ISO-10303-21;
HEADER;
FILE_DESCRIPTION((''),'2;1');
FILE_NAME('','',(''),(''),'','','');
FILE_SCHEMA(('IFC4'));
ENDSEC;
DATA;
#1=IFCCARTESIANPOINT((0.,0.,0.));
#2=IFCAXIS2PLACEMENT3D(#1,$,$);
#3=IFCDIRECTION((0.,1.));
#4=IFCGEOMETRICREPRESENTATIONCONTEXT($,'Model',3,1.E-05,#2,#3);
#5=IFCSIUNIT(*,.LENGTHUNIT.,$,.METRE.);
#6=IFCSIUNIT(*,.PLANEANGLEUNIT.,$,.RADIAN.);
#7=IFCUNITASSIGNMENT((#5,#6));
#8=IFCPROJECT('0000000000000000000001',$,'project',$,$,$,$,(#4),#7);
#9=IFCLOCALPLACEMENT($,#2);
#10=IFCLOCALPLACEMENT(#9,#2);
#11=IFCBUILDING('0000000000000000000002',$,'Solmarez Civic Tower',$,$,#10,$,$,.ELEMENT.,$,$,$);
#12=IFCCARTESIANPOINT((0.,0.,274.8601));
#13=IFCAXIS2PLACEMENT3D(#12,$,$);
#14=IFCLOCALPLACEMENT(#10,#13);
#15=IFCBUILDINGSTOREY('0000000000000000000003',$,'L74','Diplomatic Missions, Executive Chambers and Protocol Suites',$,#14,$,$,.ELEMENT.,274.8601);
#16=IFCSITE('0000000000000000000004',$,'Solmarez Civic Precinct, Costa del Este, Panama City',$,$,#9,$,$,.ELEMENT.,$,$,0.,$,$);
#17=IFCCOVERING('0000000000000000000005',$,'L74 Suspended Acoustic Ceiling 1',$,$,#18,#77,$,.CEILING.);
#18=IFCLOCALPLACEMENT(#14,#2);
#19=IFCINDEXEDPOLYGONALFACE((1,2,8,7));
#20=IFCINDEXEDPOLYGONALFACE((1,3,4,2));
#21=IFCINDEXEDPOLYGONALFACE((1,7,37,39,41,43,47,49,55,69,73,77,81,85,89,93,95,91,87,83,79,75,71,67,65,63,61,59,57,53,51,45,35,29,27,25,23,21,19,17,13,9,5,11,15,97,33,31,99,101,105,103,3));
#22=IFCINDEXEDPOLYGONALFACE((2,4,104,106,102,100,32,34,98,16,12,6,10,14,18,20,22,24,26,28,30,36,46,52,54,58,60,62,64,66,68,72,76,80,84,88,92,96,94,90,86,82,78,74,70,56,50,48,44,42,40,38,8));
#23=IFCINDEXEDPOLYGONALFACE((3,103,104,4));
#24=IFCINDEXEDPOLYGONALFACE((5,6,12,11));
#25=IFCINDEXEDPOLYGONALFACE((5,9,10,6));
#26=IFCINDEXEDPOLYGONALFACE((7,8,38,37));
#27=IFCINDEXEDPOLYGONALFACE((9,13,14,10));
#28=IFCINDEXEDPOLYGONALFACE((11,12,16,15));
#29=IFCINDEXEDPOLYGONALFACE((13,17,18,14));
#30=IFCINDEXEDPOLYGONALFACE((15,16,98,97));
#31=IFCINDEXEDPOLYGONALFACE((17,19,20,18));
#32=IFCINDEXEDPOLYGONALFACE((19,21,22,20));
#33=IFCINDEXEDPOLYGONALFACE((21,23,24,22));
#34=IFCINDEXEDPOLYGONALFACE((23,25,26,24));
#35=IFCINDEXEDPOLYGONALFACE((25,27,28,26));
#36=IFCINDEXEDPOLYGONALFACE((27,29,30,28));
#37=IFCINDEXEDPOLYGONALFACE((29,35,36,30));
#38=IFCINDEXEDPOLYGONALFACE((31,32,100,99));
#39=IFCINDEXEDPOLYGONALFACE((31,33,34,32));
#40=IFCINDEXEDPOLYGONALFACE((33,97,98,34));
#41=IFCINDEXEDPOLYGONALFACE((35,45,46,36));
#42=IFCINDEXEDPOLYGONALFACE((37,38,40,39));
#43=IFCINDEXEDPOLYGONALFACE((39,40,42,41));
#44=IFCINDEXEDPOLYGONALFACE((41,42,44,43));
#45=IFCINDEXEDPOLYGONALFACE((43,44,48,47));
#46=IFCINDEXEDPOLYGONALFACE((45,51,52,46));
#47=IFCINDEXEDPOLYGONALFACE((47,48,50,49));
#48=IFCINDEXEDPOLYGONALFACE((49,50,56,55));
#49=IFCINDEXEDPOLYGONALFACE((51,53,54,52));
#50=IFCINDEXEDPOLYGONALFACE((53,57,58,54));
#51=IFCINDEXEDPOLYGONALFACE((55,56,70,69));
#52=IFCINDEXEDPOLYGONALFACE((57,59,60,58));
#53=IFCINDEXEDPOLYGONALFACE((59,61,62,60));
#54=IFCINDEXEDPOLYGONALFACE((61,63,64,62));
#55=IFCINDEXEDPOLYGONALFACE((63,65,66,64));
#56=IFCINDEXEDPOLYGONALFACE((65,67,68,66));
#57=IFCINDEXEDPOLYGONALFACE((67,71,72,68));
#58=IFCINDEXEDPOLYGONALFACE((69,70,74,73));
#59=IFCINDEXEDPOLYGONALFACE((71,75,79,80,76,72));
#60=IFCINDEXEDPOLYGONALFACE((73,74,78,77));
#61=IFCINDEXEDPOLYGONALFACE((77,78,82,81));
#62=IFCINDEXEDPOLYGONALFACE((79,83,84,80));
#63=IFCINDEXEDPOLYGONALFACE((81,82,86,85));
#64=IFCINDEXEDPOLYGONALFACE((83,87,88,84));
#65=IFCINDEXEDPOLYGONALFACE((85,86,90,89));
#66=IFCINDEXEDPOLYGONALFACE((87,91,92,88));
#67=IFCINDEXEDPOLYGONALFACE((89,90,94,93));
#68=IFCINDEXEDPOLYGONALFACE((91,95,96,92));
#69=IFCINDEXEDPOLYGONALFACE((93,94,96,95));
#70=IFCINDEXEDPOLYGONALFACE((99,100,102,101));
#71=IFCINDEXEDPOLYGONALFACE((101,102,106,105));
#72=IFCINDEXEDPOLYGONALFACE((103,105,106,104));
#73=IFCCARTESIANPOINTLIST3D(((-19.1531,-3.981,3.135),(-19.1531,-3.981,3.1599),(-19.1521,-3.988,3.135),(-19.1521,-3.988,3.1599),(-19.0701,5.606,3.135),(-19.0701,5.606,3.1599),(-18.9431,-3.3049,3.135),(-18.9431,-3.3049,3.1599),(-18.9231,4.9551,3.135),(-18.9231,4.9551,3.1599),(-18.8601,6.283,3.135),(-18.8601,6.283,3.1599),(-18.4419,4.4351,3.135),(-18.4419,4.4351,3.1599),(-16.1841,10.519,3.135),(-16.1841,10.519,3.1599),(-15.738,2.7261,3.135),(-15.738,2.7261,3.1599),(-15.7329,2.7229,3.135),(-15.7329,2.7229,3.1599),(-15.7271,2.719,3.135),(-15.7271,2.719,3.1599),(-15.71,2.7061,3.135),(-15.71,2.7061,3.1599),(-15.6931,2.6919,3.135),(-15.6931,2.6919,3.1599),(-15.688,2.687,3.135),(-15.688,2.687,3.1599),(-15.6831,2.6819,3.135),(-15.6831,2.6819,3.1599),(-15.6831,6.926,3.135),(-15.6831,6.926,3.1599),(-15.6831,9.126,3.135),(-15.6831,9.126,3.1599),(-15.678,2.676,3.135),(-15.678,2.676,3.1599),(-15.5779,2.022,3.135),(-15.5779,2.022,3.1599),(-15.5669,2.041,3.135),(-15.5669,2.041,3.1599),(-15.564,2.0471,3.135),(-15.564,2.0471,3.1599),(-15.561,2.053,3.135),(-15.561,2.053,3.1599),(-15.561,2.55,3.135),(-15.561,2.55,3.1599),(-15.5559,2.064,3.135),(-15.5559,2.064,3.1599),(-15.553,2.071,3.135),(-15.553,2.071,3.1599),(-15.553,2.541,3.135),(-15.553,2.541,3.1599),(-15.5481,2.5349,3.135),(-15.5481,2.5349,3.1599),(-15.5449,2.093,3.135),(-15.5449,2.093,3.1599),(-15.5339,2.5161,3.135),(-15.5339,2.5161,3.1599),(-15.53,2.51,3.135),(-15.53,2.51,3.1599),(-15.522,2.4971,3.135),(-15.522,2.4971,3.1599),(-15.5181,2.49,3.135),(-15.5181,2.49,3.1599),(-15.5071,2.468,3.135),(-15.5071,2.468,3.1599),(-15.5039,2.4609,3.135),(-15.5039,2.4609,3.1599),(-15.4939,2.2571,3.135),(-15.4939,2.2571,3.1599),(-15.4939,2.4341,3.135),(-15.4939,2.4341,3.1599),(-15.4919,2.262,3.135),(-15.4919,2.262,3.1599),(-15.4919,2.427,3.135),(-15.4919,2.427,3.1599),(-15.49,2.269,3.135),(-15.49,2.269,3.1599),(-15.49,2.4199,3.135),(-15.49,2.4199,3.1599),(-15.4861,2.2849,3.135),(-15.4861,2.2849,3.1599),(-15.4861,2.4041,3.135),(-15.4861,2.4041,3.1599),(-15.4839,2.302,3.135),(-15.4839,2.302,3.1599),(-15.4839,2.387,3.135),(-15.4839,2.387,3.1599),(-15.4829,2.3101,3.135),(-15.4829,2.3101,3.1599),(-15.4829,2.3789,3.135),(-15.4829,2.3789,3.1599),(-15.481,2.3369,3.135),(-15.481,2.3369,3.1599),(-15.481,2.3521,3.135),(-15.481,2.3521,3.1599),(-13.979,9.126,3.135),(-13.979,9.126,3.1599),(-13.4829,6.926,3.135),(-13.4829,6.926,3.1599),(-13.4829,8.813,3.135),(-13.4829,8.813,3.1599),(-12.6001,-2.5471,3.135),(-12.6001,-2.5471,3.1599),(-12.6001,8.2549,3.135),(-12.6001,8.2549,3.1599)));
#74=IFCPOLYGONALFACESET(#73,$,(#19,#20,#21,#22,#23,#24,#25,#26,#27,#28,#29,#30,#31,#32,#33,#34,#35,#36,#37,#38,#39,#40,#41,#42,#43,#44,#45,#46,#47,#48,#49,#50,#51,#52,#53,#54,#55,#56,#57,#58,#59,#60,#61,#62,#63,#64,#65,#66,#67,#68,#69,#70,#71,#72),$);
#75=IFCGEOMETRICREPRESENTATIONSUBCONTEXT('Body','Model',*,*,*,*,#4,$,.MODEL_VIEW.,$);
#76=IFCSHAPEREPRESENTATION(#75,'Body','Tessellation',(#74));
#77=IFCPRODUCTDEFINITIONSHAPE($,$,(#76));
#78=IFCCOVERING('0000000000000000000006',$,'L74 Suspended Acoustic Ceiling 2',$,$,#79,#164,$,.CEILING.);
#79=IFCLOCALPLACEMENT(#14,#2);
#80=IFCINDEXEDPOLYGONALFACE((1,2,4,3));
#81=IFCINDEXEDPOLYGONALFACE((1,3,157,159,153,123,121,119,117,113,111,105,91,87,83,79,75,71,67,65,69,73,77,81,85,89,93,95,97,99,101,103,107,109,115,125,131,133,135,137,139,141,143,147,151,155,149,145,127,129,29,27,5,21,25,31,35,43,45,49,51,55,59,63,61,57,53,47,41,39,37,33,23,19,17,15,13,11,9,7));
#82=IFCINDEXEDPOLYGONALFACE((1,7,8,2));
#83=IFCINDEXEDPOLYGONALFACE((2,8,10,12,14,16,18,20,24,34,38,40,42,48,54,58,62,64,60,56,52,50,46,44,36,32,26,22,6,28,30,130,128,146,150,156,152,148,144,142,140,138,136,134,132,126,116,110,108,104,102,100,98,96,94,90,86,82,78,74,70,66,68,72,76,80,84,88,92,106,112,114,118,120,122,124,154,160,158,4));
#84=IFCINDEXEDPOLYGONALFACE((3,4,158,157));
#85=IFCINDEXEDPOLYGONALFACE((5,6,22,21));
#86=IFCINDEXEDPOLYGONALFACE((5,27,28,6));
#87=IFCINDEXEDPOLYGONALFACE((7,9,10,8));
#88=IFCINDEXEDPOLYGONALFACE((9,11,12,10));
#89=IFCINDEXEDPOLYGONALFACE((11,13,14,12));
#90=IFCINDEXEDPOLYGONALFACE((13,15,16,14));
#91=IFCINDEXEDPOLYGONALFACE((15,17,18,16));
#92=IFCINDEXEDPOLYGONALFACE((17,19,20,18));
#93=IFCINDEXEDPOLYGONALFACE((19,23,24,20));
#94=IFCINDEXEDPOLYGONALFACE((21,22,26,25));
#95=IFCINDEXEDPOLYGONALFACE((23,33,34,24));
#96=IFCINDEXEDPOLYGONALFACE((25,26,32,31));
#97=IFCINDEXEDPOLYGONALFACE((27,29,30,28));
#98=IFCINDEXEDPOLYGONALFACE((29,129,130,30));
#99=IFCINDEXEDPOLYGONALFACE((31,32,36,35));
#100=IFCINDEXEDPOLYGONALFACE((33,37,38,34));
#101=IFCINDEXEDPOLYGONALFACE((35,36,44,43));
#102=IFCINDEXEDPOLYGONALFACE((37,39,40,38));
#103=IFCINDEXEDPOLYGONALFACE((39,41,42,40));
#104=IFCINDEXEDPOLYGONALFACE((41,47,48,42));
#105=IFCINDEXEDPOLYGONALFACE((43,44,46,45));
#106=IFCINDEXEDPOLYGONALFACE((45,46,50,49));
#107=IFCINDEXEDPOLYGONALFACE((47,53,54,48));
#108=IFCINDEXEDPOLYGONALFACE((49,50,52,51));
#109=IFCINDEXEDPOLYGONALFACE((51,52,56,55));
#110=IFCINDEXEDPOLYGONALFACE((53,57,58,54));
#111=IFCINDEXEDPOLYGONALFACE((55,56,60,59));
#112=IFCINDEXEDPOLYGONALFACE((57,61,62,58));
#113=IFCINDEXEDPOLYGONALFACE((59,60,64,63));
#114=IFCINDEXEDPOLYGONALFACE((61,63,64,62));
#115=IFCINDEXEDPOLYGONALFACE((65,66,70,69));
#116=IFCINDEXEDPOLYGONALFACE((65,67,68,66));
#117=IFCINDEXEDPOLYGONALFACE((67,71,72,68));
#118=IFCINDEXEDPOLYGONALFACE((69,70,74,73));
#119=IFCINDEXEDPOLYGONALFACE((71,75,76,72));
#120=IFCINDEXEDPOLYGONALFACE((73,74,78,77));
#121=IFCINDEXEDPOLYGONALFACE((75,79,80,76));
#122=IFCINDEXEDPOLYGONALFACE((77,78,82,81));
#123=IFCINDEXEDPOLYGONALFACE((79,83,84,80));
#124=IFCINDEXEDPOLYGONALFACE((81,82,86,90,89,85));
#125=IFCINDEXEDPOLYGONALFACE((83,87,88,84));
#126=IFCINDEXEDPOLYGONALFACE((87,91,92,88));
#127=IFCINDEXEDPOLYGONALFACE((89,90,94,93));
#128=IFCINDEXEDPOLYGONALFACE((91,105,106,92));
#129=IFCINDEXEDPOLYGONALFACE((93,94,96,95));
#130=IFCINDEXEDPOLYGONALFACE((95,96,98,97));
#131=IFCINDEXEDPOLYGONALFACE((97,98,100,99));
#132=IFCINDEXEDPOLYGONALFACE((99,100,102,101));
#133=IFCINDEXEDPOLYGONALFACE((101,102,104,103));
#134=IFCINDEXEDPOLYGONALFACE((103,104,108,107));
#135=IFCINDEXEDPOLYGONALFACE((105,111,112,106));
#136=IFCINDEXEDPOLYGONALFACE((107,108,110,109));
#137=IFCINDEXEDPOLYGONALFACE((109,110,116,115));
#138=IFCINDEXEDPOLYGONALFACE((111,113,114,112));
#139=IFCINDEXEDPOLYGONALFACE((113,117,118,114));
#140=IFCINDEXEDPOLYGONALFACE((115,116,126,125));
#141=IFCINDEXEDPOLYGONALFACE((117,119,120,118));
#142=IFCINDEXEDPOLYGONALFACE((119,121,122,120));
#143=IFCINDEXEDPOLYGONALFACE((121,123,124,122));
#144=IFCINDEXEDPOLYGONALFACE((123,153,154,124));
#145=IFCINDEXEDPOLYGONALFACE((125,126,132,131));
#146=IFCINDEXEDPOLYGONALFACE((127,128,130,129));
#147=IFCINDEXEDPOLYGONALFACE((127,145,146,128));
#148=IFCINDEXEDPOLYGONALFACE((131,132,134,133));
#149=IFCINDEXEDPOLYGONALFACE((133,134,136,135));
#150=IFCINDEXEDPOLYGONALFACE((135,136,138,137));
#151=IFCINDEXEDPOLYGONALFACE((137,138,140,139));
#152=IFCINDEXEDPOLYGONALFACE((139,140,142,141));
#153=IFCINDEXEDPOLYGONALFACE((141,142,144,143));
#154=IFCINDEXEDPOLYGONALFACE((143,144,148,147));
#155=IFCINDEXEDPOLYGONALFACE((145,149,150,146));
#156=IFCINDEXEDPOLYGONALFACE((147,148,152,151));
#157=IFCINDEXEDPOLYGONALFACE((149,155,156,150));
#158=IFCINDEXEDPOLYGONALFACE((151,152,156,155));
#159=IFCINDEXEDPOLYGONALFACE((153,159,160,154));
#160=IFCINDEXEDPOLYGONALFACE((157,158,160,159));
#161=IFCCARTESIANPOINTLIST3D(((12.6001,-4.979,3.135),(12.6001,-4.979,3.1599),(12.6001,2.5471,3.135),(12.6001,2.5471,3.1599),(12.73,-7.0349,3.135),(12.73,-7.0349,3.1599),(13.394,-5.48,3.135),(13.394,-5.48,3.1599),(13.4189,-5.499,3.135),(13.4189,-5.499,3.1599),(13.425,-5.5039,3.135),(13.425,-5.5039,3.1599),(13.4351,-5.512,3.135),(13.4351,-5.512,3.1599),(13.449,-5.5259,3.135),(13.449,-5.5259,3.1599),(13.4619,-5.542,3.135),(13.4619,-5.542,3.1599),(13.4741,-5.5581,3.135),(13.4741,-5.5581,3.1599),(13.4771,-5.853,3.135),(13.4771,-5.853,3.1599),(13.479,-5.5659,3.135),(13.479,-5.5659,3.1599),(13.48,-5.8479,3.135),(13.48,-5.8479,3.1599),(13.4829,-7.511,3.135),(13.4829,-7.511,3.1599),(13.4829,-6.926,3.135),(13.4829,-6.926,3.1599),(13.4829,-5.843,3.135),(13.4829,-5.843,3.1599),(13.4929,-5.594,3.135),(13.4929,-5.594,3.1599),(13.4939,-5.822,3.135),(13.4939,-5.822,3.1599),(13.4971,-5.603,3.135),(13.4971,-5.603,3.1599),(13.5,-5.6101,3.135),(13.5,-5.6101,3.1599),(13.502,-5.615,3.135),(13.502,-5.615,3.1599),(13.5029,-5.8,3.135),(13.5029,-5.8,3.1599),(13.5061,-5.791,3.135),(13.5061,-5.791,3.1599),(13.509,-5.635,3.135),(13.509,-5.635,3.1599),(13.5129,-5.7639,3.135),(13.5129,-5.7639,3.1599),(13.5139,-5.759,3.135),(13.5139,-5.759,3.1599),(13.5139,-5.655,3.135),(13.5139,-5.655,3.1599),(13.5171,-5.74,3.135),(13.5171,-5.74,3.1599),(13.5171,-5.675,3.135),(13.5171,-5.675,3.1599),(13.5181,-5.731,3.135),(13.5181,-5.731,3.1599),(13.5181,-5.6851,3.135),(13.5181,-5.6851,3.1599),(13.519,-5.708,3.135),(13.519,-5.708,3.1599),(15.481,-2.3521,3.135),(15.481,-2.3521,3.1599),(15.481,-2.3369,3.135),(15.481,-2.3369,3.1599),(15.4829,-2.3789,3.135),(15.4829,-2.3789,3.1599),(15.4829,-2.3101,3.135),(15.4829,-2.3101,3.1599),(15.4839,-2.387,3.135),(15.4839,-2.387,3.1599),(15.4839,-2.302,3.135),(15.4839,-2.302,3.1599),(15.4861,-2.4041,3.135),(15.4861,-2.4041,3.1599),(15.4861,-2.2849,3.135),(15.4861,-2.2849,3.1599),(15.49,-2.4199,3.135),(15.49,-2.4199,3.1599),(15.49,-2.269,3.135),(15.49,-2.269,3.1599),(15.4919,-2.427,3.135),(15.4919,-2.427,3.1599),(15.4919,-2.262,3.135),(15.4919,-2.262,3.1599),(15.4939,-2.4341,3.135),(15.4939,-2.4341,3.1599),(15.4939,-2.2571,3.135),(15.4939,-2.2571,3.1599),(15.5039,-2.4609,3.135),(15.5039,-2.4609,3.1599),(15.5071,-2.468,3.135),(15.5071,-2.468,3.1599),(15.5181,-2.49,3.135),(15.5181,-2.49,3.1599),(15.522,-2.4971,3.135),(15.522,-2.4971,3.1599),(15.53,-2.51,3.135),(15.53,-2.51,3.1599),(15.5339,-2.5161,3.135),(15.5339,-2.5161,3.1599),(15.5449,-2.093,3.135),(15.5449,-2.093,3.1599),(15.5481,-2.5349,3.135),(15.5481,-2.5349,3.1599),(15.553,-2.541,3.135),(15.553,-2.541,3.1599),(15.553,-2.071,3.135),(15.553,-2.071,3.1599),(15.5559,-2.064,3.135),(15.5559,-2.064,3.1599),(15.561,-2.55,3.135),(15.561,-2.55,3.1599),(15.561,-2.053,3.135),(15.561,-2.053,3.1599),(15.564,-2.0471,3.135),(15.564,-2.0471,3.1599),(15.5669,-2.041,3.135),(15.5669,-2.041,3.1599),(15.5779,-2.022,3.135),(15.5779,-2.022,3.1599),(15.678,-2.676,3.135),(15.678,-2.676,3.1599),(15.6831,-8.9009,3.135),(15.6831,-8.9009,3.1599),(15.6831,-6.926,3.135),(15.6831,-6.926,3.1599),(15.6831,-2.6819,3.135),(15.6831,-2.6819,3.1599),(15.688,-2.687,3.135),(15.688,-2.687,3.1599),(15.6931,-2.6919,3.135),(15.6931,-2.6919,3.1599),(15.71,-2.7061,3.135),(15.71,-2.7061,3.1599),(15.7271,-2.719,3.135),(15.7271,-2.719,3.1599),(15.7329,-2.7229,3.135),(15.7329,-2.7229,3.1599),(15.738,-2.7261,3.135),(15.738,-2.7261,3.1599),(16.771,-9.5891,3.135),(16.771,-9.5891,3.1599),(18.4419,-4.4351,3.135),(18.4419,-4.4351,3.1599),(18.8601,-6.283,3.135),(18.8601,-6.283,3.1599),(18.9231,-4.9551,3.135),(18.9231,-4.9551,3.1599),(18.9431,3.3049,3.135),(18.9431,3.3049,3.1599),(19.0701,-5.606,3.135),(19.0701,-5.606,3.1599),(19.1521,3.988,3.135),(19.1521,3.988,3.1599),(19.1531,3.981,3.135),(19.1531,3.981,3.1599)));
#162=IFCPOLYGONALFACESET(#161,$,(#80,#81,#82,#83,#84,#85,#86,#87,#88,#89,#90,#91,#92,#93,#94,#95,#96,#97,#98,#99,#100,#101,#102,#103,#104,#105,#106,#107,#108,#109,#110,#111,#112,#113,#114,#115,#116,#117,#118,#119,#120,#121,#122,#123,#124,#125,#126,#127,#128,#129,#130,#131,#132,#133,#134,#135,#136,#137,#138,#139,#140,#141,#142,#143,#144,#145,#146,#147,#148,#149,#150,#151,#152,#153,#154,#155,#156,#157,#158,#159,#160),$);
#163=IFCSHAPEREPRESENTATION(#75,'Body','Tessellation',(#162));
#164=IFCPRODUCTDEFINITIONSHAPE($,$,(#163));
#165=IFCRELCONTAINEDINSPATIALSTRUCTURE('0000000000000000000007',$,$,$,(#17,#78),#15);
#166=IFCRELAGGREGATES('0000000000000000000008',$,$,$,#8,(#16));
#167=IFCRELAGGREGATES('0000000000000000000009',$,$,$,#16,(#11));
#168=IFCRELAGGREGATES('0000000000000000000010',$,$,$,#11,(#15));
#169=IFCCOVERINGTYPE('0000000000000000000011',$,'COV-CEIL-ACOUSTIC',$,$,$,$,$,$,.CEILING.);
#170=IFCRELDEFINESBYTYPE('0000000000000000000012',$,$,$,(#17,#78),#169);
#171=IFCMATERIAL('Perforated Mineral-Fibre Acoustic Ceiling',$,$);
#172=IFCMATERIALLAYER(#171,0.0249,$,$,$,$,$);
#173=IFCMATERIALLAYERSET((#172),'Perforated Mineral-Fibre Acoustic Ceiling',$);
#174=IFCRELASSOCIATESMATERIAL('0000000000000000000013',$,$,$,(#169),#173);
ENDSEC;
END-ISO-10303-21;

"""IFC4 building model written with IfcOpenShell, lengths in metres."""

from ifc_helpers import new_model, si_unit, direction, frame, origin, place, context, subcontext, project, spatial, polyline, outline, extrude, material, layer, layer_set, type_object, element, save


model = new_model("IFC4")

# Units and contexts
model_context = context("Model", 3, precision=1e-05, world=origin(), true_north=direction((0.0, 1.0)))
body_context = subcontext(model_context, "Body", "Model", "MODEL_VIEW")
ifc_project = project(units=[si_unit("LENGTHUNIT", "METRE"), si_unit("PLANEANGLEUNIT", "RADIAN")], contexts=[model_context])

# Site, building, storey
site_placement = place(None, origin())
site = spatial("IfcSite", under=ifc_project, at=site_placement, Name="Solmarez Civic Precinct, Costa del Este, Panama City", CompositionType="ELEMENT", RefElevation=0.0)
building_placement = place(site_placement, origin())
building = spatial("IfcBuilding", under=site, at=building_placement, Name="Solmarez Civic Tower", CompositionType="ELEMENT")
storey_placement = place(building_placement, frame((0.0, 0.0, 274.8601)))
storey = spatial("IfcBuildingStorey", under=building, at=storey_placement, Name="L74", Description="Diplomatic Missions, Executive Chambers and Protocol Suites", CompositionType="ELEMENT", Elevation=274.8601)

# Coverings
ifc_material_1 = material(Name="Perforated Mineral-Fibre Acoustic Ceiling")
ifc_layer_1 = layer(ifc_material_1, 0.0249)
ifc_layer_set_1 = layer_set([ifc_layer_1], Name="Perforated Mineral-Fibre Acoustic Ceiling")
covering_type_1 = type_object("IfcCoveringType", Name="COV-CEIL-ACOUSTIC", PredefinedType="CEILING", material=ifc_layer_set_1)
covering_1_placement = place(storey_placement, frame((0.0, 0.0, 3.135)))
element("IfcCovering", 1, at=covering_1_placement, inside=storey, type_object=covering_type_1, Name="L74 Suspended Acoustic Ceiling 1", PredefinedType="CEILING", context=body_context, shape_type="SweptSolid", body=[
    extrude(outline(polyline([(-12.6001, -2.5471), (-12.6001, 8.2549), (-13.4829, 8.813), (-13.4829, 6.926), (-15.6831, 6.926), (-15.6831, 9.126), (-13.979, 9.126), (-16.1841, 10.519), (-18.8601, 6.283), (-19.0701, 5.606), (-18.9231, 4.9551), (-18.4419, 4.4351), (-15.738, 2.7261), (-15.7329, 2.7229), (-15.7271, 2.719), (-15.71, 2.7061), (-15.6931, 2.6919), (-15.688, 2.687), (-15.6831, 2.6819), (-15.678, 2.676), (-15.561, 2.55), (-15.553, 2.541), (-15.5481, 2.5349), (-15.5339, 2.5161), (-15.53, 2.51), (-15.522, 2.4971), (-15.5181, 2.49), (-15.5071, 2.468), (-15.5039, 2.4609), (-15.4939, 2.4341), (-15.4919, 2.427), (-15.49, 2.4199), (-15.4861, 2.4041), (-15.4839, 2.387), (-15.4829, 2.3789), (-15.481, 2.3521), (-15.481, 2.3369), (-15.4829, 2.3101), (-15.4839, 2.302), (-15.4861, 2.2849), (-15.49, 2.269), (-15.4919, 2.262), (-15.4939, 2.2571), (-15.5449, 2.093), (-15.553, 2.071), (-15.5559, 2.064), (-15.561, 2.053), (-15.564, 2.0471), (-15.5669, 2.041), (-15.5779, 2.022), (-18.9431, -3.3049), (-19.1531, -3.981), (-19.1521, -3.988), (-12.6001, -2.5471)])), origin(), (0.0, 0.0, 1.0), 0.0249),
])
covering_2_placement = place(storey_placement, frame((0.0, 0.0, 3.135)))
element("IfcCovering", 2, at=covering_2_placement, inside=storey, type_object=covering_type_1, Name="L74 Suspended Acoustic Ceiling 2", PredefinedType="CEILING", context=body_context, shape_type="SweptSolid", body=[
    extrude(outline(polyline([(12.6001, 2.5471), (12.6001, -4.979), (13.394, -5.48), (13.4189, -5.499), (13.425, -5.5039), (13.4351, -5.512), (13.449, -5.5259), (13.4619, -5.542), (13.4741, -5.5581), (13.479, -5.5659), (13.4929, -5.594), (13.4971, -5.603), (13.5, -5.6101), (13.502, -5.615), (13.509, -5.635), (13.5139, -5.655), (13.5171, -5.675), (13.5181, -5.6851), (13.519, -5.708), (13.5181, -5.731), (13.5171, -5.74), (13.5139, -5.759), (13.5129, -5.7639), (13.5061, -5.791), (13.5029, -5.8), (13.4939, -5.822), (13.4829, -5.843), (13.48, -5.8479), (13.4771, -5.853), (12.73, -7.0349), (13.4829, -7.511), (13.4829, -6.926), (15.6831, -6.926), (15.6831, -8.9009), (16.771, -9.5891), (18.8601, -6.283), (19.0701, -5.606), (18.9231, -4.9551), (18.4419, -4.4351), (15.738, -2.7261), (15.7329, -2.7229), (15.7271, -2.719), (15.71, -2.7061), (15.6931, -2.6919), (15.688, -2.687), (15.6831, -2.6819), (15.678, -2.676), (15.561, -2.55), (15.553, -2.541), (15.5481, -2.5349), (15.5339, -2.5161), (15.53, -2.51), (15.522, -2.4971), (15.5181, -2.49), (15.5071, -2.468), (15.5039, -2.4609), (15.4939, -2.4341), (15.4919, -2.427), (15.49, -2.4199), (15.4861, -2.4041), (15.4839, -2.387), (15.4829, -2.3789), (15.481, -2.3521), (15.481, -2.3369), (15.4829, -2.3101), (15.4839, -2.302), (15.4861, -2.2849), (15.49, -2.269), (15.4919, -2.262), (15.4939, -2.2571), (15.5449, -2.093), (15.553, -2.071), (15.5559, -2.064), (15.561, -2.053), (15.564, -2.0471), (15.5669, -2.041), (15.5779, -2.022), (18.9431, 3.3049), (19.1531, 3.981), (19.1521, 3.988), (12.6001, 2.5471)])), origin(), (0.0, 0.0, 1.0), 0.0249),
])

save(model, "model.ifc")
